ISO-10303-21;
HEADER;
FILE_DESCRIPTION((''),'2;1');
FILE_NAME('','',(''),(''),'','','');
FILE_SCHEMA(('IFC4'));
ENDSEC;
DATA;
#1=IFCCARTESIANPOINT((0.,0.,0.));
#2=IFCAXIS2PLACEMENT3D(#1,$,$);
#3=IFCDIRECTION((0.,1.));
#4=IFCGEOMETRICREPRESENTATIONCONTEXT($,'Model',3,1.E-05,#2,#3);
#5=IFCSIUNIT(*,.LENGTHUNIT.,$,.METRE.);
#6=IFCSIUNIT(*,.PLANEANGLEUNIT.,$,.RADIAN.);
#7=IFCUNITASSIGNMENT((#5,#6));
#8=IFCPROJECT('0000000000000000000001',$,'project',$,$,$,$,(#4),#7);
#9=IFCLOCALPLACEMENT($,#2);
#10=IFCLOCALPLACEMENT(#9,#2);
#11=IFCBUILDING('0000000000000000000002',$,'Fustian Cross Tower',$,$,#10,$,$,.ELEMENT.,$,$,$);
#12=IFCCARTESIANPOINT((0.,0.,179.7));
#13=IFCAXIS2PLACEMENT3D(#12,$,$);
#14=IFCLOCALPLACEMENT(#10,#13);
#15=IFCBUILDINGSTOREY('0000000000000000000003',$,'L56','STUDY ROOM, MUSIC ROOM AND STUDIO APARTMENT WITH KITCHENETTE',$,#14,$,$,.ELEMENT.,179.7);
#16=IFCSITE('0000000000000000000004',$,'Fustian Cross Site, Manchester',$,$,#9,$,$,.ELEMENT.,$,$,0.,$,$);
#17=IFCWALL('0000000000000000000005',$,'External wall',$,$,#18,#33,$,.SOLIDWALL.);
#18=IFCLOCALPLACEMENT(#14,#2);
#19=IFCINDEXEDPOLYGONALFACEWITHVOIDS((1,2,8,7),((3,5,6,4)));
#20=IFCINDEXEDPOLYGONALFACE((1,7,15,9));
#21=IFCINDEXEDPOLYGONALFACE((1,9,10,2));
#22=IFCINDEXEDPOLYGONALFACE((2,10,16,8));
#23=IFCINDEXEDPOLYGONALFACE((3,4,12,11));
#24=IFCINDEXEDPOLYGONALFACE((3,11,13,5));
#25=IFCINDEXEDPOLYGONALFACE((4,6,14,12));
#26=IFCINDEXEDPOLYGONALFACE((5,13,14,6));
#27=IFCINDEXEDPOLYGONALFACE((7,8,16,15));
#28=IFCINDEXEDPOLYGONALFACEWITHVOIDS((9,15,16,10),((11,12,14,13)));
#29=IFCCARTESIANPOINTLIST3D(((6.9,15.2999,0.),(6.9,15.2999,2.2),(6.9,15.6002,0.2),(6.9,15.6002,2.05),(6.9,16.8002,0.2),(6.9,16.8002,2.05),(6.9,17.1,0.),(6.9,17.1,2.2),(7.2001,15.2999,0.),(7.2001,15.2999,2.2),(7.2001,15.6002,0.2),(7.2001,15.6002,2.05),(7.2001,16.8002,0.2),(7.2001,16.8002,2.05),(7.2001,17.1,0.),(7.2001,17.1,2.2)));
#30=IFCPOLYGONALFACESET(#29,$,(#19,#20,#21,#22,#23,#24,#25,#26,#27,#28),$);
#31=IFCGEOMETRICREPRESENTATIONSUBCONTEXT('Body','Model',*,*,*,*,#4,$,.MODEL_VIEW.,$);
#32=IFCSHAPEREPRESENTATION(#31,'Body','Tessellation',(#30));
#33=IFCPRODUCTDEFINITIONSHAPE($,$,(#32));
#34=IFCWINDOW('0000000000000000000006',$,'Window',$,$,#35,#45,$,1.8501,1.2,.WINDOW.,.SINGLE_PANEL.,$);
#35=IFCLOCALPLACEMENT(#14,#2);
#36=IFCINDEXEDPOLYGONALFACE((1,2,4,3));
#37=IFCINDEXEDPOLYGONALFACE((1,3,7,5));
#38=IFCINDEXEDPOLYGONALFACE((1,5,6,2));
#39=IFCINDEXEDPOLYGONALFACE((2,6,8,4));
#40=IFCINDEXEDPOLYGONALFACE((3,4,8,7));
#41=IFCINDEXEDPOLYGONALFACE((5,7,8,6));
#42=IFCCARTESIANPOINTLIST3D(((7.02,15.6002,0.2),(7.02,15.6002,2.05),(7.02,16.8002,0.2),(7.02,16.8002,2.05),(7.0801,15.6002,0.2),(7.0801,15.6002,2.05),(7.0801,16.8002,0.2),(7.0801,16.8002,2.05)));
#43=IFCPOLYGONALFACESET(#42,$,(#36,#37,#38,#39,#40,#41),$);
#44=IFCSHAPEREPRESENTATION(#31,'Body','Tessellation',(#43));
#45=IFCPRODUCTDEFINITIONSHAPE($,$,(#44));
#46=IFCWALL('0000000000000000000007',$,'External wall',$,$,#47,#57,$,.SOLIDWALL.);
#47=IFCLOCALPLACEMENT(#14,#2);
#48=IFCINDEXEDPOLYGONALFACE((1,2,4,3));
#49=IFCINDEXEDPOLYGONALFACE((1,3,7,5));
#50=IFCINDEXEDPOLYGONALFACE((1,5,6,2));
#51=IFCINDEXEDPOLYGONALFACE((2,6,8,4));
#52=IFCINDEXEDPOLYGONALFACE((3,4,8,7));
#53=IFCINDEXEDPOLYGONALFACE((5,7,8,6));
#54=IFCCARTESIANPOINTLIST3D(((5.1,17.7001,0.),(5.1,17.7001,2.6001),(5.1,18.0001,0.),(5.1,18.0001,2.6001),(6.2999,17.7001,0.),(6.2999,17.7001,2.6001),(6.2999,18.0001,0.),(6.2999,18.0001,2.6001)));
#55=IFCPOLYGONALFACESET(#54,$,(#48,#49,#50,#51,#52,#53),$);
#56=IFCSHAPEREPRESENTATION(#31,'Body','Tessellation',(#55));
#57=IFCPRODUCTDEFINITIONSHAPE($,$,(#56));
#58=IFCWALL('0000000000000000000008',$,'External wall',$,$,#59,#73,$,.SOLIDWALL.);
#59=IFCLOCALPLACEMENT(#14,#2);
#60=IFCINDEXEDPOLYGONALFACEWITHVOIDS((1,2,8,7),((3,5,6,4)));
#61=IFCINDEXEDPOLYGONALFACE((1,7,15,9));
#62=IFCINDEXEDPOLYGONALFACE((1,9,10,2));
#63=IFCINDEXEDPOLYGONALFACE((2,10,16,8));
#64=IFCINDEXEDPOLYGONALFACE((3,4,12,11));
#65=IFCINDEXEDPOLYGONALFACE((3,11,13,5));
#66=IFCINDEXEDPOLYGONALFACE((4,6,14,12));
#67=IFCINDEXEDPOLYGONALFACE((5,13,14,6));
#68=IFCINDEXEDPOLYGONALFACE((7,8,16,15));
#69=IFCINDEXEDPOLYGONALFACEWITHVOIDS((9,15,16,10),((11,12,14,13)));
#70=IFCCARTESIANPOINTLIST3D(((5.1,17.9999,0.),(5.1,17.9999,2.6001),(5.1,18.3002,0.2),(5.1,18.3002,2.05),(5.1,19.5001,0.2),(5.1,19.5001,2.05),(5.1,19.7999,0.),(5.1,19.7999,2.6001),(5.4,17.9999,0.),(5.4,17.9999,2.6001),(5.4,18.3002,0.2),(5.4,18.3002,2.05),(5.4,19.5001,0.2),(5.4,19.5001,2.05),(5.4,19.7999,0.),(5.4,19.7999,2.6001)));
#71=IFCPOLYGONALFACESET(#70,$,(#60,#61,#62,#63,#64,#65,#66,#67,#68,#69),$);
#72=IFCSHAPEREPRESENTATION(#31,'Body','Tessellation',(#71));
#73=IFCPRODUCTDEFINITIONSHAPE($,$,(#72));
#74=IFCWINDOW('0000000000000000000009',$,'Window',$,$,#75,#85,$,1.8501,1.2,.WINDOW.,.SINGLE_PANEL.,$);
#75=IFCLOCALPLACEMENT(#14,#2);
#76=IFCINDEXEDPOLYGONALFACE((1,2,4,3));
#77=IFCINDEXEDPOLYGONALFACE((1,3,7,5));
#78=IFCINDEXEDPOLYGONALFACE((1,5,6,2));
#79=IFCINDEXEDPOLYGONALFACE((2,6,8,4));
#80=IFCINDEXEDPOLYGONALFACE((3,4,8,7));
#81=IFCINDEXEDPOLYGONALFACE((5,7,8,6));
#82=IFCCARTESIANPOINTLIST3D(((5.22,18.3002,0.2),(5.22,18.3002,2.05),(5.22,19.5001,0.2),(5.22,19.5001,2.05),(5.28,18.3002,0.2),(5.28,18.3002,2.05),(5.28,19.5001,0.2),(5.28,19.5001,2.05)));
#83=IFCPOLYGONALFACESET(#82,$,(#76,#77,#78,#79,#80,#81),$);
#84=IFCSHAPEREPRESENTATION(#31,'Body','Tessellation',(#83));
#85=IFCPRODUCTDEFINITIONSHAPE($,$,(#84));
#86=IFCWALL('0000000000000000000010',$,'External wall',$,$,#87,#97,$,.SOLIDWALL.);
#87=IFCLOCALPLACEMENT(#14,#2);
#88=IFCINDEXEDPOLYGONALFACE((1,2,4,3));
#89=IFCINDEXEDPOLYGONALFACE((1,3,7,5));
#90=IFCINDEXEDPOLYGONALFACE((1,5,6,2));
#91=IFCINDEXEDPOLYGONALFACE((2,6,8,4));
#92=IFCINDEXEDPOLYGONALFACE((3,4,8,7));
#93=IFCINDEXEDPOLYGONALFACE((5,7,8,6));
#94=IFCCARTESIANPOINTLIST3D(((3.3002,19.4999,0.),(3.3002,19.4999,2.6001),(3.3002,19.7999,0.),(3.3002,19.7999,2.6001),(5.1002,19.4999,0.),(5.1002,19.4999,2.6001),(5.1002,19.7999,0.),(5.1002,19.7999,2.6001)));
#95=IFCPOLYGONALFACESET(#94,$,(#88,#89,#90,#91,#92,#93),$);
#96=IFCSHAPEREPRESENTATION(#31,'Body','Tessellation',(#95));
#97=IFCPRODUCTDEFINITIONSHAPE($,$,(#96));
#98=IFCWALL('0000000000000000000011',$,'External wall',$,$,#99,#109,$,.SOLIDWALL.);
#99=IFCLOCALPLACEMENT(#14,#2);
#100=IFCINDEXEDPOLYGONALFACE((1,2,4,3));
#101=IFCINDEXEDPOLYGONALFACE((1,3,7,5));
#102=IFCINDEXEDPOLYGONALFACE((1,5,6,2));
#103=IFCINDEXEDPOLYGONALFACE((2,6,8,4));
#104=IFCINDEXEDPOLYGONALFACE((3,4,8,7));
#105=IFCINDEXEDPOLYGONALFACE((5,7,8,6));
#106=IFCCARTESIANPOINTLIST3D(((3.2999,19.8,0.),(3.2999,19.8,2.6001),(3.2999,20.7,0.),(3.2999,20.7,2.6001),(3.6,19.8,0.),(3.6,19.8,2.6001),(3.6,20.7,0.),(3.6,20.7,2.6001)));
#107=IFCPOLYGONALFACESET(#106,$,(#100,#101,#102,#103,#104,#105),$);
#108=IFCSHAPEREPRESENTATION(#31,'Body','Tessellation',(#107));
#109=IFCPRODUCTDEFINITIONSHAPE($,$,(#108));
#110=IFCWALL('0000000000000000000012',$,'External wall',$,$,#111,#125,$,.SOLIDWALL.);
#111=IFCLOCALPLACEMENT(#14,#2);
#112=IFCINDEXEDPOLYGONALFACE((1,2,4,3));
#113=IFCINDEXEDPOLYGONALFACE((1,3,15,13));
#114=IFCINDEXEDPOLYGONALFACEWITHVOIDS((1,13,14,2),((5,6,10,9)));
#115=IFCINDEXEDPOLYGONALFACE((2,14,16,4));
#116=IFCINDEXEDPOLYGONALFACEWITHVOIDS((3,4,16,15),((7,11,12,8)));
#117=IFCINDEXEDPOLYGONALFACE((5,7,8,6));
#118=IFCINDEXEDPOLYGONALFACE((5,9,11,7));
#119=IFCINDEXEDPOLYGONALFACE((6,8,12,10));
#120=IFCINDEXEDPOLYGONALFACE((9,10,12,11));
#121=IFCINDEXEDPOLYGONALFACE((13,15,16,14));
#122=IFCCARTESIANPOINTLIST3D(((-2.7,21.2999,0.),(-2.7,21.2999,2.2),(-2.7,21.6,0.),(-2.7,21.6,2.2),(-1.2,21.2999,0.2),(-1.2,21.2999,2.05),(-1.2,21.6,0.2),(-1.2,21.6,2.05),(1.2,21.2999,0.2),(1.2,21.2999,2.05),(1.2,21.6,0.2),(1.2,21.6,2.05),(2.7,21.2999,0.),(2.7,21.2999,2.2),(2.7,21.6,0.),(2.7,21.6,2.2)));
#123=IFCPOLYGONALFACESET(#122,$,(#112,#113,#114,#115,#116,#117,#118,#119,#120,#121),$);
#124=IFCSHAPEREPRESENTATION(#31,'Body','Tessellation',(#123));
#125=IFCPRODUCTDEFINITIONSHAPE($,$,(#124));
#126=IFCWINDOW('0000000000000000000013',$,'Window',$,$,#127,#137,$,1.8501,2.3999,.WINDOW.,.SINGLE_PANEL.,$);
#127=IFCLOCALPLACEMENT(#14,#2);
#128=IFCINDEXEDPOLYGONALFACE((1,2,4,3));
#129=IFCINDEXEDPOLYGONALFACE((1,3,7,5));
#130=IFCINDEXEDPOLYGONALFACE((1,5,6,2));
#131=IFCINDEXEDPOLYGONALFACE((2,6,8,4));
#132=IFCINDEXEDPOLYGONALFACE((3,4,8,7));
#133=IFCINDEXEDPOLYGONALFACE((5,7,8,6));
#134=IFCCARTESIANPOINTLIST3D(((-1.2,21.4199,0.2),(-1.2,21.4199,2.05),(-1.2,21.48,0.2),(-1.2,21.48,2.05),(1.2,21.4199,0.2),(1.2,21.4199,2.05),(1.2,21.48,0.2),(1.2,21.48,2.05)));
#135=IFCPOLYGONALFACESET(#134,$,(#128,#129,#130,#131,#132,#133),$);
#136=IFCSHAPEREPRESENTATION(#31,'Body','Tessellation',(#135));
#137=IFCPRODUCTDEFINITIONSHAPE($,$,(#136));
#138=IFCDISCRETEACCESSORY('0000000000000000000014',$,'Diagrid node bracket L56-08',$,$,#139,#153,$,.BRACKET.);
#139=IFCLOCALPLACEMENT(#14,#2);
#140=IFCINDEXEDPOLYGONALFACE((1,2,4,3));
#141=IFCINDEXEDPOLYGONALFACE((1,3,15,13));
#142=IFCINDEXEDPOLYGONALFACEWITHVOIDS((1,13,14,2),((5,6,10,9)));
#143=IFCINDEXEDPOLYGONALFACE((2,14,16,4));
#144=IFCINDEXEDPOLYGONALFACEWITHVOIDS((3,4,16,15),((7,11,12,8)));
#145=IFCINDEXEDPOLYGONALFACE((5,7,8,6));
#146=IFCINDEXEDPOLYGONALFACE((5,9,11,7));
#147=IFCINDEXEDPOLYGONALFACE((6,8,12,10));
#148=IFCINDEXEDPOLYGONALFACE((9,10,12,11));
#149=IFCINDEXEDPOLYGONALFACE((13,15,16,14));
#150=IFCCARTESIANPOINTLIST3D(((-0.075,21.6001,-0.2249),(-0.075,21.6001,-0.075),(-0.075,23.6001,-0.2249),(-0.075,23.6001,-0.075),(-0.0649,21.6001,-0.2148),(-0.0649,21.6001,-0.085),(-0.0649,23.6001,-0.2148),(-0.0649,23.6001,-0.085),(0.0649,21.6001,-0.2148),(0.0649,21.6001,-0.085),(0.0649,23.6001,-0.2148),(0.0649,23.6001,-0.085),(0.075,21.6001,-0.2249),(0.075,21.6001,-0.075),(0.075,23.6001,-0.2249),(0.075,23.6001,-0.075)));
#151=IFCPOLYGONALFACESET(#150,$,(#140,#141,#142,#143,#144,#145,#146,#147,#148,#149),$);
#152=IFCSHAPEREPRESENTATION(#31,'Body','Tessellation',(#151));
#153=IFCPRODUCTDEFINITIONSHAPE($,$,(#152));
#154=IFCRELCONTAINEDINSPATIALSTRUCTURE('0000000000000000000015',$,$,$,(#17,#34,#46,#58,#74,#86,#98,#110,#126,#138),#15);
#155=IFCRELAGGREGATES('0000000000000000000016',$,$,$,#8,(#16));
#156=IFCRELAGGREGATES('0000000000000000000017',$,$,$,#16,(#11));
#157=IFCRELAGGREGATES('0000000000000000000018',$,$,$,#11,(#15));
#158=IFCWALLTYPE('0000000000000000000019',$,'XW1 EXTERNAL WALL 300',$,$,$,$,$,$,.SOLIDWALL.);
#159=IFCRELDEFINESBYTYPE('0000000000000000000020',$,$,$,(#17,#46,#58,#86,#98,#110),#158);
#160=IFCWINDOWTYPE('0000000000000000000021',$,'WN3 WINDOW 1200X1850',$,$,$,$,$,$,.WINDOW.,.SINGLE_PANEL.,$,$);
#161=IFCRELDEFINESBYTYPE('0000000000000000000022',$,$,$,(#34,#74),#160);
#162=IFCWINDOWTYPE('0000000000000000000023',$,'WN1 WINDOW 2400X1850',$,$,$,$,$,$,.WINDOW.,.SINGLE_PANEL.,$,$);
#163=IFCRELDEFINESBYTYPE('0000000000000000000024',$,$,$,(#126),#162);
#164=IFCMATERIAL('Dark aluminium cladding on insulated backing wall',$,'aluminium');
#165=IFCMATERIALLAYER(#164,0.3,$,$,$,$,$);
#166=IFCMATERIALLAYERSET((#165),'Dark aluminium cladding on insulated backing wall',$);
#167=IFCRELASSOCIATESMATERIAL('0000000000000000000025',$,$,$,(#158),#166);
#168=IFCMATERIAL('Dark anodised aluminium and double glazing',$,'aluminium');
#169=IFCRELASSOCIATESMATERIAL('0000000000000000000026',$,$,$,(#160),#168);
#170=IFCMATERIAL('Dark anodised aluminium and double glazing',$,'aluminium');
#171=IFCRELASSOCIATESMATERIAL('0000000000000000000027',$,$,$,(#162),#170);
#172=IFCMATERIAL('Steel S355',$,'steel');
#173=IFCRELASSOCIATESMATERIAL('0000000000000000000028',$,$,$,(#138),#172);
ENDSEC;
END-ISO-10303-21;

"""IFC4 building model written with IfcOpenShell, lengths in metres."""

from ifc_helpers import new_model, si_unit, direction, frame, frame_2d, origin, origin_2d, place, context, subcontext, project, spatial, rectangle, hollow_rectangle, extrude, material, layer, layer_set, type_object, element, fill, save


model = new_model("IFC4")

# Units and contexts
model_context = context("Model", 3, precision=1e-05, world=origin(), true_north=direction((0.0, 1.0)))
body_context = subcontext(model_context, "Body", "Model", "MODEL_VIEW")
ifc_project = project(units=[si_unit("LENGTHUNIT", "METRE"), si_unit("PLANEANGLEUNIT", "RADIAN")], contexts=[model_context])

# Site, building, storey
site_placement = place(None, origin())
site = spatial("IfcSite", under=ifc_project, at=site_placement, Name="Fustian Cross Site, Manchester", CompositionType="ELEMENT", RefElevation=0.0)
building_placement = place(site_placement, origin())
building = spatial("IfcBuilding", under=site, at=building_placement, Name="Fustian Cross Tower", CompositionType="ELEMENT")
storey_placement = place(building_placement, frame((0.0, 0.0, 179.7)))
storey = spatial("IfcBuildingStorey", under=building, at=storey_placement, Name="L56", Description="STUDY ROOM, MUSIC ROOM AND STUDIO APARTMENT WITH KITCHENETTE", CompositionType="ELEMENT", Elevation=179.7)

# Wall, opening, window
ifc_material_1 = material(Name="Dark aluminium cladding on insulated backing wall", Category="aluminium")
ifc_layer_1 = layer(ifc_material_1, 0.3)
ifc_layer_set_1 = layer_set([ifc_layer_1], Name="Dark aluminium cladding on insulated backing wall")
wall_type_1 = type_object("IfcWallType", Name="XW1 EXTERNAL WALL 300", PredefinedType="SOLIDWALL", material=ifc_layer_set_1)
wall_1_placement = place(storey_placement, frame((7.05, 15.3, 0.0), z_axis=(0.0, 0.0, 1.0), x_axis=(0.0, 1.0, 0.0)))
wall_1 = element("IfcWall", 1, at=wall_1_placement, inside=storey, type_object=wall_type_1, Name="External wall", PredefinedType="SOLIDWALL", context=body_context, shape_type="SweptSolid", body=[
    extrude(rectangle(XDim=1.8, YDim=0.3, at=frame_2d((0.8999, 0.0))), origin(), (0.0, 0.0, 1.0), 2.2),
])
opening_1_placement = place(wall_1_placement, frame((0.3, 0.0, 0.2)))
opening_1 = element("IfcOpeningElement", 2, at=opening_1_placement, cuts=wall_1, PredefinedType="OPENING", context=body_context, shape_type="SweptSolid", body=[
    extrude(rectangle(XDim=1.2, YDim=1.8501, at=frame_2d((0.6001, 0.925))), frame((0.0, 0.1599, 0.0), z_axis=(0.0, -1.0, 0.0), x_axis=(1.0, 0.0, 0.0)), (0.0, 0.0, 1.0), 0.3201),
])
ifc_material_2 = material(Name="Dark anodised aluminium and double glazing", Category="aluminium")
window_type_1 = type_object("IfcWindowType", Name="WN3 WINDOW 1200X1850", PartitioningType="SINGLE_PANEL", PredefinedType="WINDOW", material=ifc_material_2)
window_1_placement = place(opening_1_placement, origin())
window_1 = element("IfcWindow", 3, at=window_1_placement, inside=storey, type_object=window_type_1, Name="Window", OverallHeight=1.8501, OverallWidth=1.2, PartitioningType="SINGLE_PANEL", PredefinedType="WINDOW", context=body_context, shape_type="SweptSolid", body=[
    extrude(rectangle(XDim=1.2, YDim=1.8501, at=frame_2d((0.6001, 0.925))), frame((0.0, 0.03, 0.0), z_axis=(0.0, -1.0, 0.0), x_axis=(1.0, 0.0, 0.0)), (0.0, 0.0, 1.0), 0.0601),
])
fill(opening_1, window_1)

# Wall
wall_2_placement = place(storey_placement, frame((6.3, 17.8501, 0.0), z_axis=(0.0, 0.0, 1.0), x_axis=(-1.0, 0.0, 0.0)))
element("IfcWall", 4, at=wall_2_placement, inside=storey, type_object=wall_type_1, Name="External wall", PredefinedType="SOLIDWALL", context=body_context, shape_type="SweptSolid", body=[
    extrude(rectangle(XDim=1.2, YDim=0.3, at=frame_2d((0.6001, 0.0))), origin(), (0.0, 0.0, 1.0), 2.6001),
])

# Wall, opening, window
wall_3_placement = place(storey_placement, frame((5.25, 18.0, 0.0), z_axis=(0.0, 0.0, 1.0), x_axis=(0.0, 1.0, 0.0)))
wall_3 = element("IfcWall", 5, at=wall_3_placement, inside=storey, type_object=wall_type_1, Name="External wall", PredefinedType="SOLIDWALL", context=body_context, shape_type="SweptSolid", body=[
    extrude(rectangle(XDim=1.8, YDim=0.3, at=frame_2d((0.8999, 0.0))), origin(), (0.0, 0.0, 1.0), 2.6001),
])
opening_2_placement = place(wall_3_placement, frame((0.3, 0.0, 0.2)))
opening_2 = element("IfcOpeningElement", 6, at=opening_2_placement, cuts=wall_3, PredefinedType="OPENING", context=body_context, shape_type="SweptSolid", body=[
    extrude(rectangle(XDim=1.2, YDim=1.8501, at=frame_2d((0.6001, 0.925))), frame((0.0, 0.1599, 0.0), z_axis=(0.0, -1.0, 0.0), x_axis=(1.0, 0.0, 0.0)), (0.0, 0.0, 1.0), 0.3201),
])
window_2_placement = place(opening_2_placement, origin())
window_2 = element("IfcWindow", 7, at=window_2_placement, inside=storey, type_object=window_type_1, Name="Window", OverallHeight=1.8501, OverallWidth=1.2, PartitioningType="SINGLE_PANEL", PredefinedType="WINDOW", context=body_context, shape_type="SweptSolid", body=[
    extrude(rectangle(XDim=1.2, YDim=1.8501, at=frame_2d((0.6001, 0.925))), frame((0.0, 0.03, 0.0), z_axis=(0.0, -1.0, 0.0), x_axis=(1.0, 0.0, 0.0)), (0.0, 0.0, 1.0), 0.0601),
])
fill(opening_2, window_2)

# Walls
wall_4_placement = place(storey_placement, frame((5.1001, 19.6499, 0.0), z_axis=(0.0, 0.0, 1.0), x_axis=(-1.0, 0.0, 0.0)))
element("IfcWall", 8, at=wall_4_placement, inside=storey, type_object=wall_type_1, Name="External wall", PredefinedType="SOLIDWALL", context=body_context, shape_type="SweptSolid", body=[
    extrude(rectangle(XDim=1.8, YDim=0.3, at=frame_2d((0.8999, 0.0))), origin(), (0.0, 0.0, 1.0), 2.6001),
])
wall_5_placement = place(storey_placement, frame((3.45, 19.8, 0.0), z_axis=(0.0, 0.0, 1.0), x_axis=(0.0, 1.0, 0.0)))
element("IfcWall", 9, at=wall_5_placement, inside=storey, type_object=wall_type_1, Name="External wall", PredefinedType="SOLIDWALL", context=body_context, shape_type="SweptSolid", body=[
    extrude(rectangle(XDim=0.8999, YDim=0.3, at=frame_2d((0.45, 0.0))), origin(), (0.0, 0.0, 1.0), 2.6001),
])

# Wall, opening, window
wall_6_placement = place(storey_placement, frame((2.7, 21.45, 0.0), z_axis=(0.0, 0.0, 1.0), x_axis=(-1.0, 0.0, 0.0)))
wall_6 = element("IfcWall", 10, at=wall_6_placement, inside=storey, type_object=wall_type_1, Name="External wall", PredefinedType="SOLIDWALL", context=body_context, shape_type="SweptSolid", body=[
    extrude(rectangle(XDim=5.3999, YDim=0.3, at=frame_2d((2.7, 0.0))), origin(), (0.0, 0.0, 1.0), 2.2),
])
opening_3_placement = place(wall_6_placement, frame((1.5, 0.0, 0.2)))
opening_3 = element("IfcOpeningElement", 11, at=opening_3_placement, cuts=wall_6, PredefinedType="OPENING", context=body_context, shape_type="SweptSolid", body=[
    extrude(rectangle(XDim=2.3999, YDim=1.8501, at=frame_2d((1.2, 0.925))), frame((0.0, 0.1599, 0.0), z_axis=(0.0, -1.0, 0.0), x_axis=(1.0, 0.0, 0.0)), (0.0, 0.0, 1.0), 0.3201),
])
ifc_material_3 = material(Name="Dark anodised aluminium and double glazing", Category="aluminium")
window_type_2 = type_object("IfcWindowType", Name="WN1 WINDOW 2400X1850", PartitioningType="SINGLE_PANEL", PredefinedType="WINDOW", material=ifc_material_3)
window_3_placement = place(opening_3_placement, origin())
window_3 = element("IfcWindow", 12, at=window_3_placement, inside=storey, type_object=window_type_2, Name="Window", OverallHeight=1.8501, OverallWidth=2.3999, PartitioningType="SINGLE_PANEL", PredefinedType="WINDOW", context=body_context, shape_type="SweptSolid", body=[
    extrude(rectangle(XDim=2.3999, YDim=1.8501, at=frame_2d((1.2, 0.925))), frame((0.0, 0.03, 0.0), z_axis=(0.0, -1.0, 0.0), x_axis=(1.0, 0.0, 0.0)), (0.0, 0.0, 1.0), 0.0601),
])
fill(opening_3, window_3)

# Discrete accessory
ifc_material_4 = material(Name="Steel S355", Category="steel")
discrete_accessory_placement = place(storey_placement, frame((0.0, 23.6001, -0.1499), z_axis=(0.0, -1.0, 0.0), x_axis=(1.0, 0.0, 0.0)))
element("IfcDiscreteAccessory", 13, at=discrete_accessory_placement, inside=storey, material=ifc_material_4, Name="Diagrid node bracket L56-08", PredefinedType="BRACKET", context=body_context, shape_type="SweptSolid", body=[
    extrude(hollow_rectangle(XDim=0.1499, YDim=0.1499, WallThickness=0.01, at=origin_2d()), origin(), (0.0, 0.0, 1.0), 2.0),
])

save(model, "model.ifc")
